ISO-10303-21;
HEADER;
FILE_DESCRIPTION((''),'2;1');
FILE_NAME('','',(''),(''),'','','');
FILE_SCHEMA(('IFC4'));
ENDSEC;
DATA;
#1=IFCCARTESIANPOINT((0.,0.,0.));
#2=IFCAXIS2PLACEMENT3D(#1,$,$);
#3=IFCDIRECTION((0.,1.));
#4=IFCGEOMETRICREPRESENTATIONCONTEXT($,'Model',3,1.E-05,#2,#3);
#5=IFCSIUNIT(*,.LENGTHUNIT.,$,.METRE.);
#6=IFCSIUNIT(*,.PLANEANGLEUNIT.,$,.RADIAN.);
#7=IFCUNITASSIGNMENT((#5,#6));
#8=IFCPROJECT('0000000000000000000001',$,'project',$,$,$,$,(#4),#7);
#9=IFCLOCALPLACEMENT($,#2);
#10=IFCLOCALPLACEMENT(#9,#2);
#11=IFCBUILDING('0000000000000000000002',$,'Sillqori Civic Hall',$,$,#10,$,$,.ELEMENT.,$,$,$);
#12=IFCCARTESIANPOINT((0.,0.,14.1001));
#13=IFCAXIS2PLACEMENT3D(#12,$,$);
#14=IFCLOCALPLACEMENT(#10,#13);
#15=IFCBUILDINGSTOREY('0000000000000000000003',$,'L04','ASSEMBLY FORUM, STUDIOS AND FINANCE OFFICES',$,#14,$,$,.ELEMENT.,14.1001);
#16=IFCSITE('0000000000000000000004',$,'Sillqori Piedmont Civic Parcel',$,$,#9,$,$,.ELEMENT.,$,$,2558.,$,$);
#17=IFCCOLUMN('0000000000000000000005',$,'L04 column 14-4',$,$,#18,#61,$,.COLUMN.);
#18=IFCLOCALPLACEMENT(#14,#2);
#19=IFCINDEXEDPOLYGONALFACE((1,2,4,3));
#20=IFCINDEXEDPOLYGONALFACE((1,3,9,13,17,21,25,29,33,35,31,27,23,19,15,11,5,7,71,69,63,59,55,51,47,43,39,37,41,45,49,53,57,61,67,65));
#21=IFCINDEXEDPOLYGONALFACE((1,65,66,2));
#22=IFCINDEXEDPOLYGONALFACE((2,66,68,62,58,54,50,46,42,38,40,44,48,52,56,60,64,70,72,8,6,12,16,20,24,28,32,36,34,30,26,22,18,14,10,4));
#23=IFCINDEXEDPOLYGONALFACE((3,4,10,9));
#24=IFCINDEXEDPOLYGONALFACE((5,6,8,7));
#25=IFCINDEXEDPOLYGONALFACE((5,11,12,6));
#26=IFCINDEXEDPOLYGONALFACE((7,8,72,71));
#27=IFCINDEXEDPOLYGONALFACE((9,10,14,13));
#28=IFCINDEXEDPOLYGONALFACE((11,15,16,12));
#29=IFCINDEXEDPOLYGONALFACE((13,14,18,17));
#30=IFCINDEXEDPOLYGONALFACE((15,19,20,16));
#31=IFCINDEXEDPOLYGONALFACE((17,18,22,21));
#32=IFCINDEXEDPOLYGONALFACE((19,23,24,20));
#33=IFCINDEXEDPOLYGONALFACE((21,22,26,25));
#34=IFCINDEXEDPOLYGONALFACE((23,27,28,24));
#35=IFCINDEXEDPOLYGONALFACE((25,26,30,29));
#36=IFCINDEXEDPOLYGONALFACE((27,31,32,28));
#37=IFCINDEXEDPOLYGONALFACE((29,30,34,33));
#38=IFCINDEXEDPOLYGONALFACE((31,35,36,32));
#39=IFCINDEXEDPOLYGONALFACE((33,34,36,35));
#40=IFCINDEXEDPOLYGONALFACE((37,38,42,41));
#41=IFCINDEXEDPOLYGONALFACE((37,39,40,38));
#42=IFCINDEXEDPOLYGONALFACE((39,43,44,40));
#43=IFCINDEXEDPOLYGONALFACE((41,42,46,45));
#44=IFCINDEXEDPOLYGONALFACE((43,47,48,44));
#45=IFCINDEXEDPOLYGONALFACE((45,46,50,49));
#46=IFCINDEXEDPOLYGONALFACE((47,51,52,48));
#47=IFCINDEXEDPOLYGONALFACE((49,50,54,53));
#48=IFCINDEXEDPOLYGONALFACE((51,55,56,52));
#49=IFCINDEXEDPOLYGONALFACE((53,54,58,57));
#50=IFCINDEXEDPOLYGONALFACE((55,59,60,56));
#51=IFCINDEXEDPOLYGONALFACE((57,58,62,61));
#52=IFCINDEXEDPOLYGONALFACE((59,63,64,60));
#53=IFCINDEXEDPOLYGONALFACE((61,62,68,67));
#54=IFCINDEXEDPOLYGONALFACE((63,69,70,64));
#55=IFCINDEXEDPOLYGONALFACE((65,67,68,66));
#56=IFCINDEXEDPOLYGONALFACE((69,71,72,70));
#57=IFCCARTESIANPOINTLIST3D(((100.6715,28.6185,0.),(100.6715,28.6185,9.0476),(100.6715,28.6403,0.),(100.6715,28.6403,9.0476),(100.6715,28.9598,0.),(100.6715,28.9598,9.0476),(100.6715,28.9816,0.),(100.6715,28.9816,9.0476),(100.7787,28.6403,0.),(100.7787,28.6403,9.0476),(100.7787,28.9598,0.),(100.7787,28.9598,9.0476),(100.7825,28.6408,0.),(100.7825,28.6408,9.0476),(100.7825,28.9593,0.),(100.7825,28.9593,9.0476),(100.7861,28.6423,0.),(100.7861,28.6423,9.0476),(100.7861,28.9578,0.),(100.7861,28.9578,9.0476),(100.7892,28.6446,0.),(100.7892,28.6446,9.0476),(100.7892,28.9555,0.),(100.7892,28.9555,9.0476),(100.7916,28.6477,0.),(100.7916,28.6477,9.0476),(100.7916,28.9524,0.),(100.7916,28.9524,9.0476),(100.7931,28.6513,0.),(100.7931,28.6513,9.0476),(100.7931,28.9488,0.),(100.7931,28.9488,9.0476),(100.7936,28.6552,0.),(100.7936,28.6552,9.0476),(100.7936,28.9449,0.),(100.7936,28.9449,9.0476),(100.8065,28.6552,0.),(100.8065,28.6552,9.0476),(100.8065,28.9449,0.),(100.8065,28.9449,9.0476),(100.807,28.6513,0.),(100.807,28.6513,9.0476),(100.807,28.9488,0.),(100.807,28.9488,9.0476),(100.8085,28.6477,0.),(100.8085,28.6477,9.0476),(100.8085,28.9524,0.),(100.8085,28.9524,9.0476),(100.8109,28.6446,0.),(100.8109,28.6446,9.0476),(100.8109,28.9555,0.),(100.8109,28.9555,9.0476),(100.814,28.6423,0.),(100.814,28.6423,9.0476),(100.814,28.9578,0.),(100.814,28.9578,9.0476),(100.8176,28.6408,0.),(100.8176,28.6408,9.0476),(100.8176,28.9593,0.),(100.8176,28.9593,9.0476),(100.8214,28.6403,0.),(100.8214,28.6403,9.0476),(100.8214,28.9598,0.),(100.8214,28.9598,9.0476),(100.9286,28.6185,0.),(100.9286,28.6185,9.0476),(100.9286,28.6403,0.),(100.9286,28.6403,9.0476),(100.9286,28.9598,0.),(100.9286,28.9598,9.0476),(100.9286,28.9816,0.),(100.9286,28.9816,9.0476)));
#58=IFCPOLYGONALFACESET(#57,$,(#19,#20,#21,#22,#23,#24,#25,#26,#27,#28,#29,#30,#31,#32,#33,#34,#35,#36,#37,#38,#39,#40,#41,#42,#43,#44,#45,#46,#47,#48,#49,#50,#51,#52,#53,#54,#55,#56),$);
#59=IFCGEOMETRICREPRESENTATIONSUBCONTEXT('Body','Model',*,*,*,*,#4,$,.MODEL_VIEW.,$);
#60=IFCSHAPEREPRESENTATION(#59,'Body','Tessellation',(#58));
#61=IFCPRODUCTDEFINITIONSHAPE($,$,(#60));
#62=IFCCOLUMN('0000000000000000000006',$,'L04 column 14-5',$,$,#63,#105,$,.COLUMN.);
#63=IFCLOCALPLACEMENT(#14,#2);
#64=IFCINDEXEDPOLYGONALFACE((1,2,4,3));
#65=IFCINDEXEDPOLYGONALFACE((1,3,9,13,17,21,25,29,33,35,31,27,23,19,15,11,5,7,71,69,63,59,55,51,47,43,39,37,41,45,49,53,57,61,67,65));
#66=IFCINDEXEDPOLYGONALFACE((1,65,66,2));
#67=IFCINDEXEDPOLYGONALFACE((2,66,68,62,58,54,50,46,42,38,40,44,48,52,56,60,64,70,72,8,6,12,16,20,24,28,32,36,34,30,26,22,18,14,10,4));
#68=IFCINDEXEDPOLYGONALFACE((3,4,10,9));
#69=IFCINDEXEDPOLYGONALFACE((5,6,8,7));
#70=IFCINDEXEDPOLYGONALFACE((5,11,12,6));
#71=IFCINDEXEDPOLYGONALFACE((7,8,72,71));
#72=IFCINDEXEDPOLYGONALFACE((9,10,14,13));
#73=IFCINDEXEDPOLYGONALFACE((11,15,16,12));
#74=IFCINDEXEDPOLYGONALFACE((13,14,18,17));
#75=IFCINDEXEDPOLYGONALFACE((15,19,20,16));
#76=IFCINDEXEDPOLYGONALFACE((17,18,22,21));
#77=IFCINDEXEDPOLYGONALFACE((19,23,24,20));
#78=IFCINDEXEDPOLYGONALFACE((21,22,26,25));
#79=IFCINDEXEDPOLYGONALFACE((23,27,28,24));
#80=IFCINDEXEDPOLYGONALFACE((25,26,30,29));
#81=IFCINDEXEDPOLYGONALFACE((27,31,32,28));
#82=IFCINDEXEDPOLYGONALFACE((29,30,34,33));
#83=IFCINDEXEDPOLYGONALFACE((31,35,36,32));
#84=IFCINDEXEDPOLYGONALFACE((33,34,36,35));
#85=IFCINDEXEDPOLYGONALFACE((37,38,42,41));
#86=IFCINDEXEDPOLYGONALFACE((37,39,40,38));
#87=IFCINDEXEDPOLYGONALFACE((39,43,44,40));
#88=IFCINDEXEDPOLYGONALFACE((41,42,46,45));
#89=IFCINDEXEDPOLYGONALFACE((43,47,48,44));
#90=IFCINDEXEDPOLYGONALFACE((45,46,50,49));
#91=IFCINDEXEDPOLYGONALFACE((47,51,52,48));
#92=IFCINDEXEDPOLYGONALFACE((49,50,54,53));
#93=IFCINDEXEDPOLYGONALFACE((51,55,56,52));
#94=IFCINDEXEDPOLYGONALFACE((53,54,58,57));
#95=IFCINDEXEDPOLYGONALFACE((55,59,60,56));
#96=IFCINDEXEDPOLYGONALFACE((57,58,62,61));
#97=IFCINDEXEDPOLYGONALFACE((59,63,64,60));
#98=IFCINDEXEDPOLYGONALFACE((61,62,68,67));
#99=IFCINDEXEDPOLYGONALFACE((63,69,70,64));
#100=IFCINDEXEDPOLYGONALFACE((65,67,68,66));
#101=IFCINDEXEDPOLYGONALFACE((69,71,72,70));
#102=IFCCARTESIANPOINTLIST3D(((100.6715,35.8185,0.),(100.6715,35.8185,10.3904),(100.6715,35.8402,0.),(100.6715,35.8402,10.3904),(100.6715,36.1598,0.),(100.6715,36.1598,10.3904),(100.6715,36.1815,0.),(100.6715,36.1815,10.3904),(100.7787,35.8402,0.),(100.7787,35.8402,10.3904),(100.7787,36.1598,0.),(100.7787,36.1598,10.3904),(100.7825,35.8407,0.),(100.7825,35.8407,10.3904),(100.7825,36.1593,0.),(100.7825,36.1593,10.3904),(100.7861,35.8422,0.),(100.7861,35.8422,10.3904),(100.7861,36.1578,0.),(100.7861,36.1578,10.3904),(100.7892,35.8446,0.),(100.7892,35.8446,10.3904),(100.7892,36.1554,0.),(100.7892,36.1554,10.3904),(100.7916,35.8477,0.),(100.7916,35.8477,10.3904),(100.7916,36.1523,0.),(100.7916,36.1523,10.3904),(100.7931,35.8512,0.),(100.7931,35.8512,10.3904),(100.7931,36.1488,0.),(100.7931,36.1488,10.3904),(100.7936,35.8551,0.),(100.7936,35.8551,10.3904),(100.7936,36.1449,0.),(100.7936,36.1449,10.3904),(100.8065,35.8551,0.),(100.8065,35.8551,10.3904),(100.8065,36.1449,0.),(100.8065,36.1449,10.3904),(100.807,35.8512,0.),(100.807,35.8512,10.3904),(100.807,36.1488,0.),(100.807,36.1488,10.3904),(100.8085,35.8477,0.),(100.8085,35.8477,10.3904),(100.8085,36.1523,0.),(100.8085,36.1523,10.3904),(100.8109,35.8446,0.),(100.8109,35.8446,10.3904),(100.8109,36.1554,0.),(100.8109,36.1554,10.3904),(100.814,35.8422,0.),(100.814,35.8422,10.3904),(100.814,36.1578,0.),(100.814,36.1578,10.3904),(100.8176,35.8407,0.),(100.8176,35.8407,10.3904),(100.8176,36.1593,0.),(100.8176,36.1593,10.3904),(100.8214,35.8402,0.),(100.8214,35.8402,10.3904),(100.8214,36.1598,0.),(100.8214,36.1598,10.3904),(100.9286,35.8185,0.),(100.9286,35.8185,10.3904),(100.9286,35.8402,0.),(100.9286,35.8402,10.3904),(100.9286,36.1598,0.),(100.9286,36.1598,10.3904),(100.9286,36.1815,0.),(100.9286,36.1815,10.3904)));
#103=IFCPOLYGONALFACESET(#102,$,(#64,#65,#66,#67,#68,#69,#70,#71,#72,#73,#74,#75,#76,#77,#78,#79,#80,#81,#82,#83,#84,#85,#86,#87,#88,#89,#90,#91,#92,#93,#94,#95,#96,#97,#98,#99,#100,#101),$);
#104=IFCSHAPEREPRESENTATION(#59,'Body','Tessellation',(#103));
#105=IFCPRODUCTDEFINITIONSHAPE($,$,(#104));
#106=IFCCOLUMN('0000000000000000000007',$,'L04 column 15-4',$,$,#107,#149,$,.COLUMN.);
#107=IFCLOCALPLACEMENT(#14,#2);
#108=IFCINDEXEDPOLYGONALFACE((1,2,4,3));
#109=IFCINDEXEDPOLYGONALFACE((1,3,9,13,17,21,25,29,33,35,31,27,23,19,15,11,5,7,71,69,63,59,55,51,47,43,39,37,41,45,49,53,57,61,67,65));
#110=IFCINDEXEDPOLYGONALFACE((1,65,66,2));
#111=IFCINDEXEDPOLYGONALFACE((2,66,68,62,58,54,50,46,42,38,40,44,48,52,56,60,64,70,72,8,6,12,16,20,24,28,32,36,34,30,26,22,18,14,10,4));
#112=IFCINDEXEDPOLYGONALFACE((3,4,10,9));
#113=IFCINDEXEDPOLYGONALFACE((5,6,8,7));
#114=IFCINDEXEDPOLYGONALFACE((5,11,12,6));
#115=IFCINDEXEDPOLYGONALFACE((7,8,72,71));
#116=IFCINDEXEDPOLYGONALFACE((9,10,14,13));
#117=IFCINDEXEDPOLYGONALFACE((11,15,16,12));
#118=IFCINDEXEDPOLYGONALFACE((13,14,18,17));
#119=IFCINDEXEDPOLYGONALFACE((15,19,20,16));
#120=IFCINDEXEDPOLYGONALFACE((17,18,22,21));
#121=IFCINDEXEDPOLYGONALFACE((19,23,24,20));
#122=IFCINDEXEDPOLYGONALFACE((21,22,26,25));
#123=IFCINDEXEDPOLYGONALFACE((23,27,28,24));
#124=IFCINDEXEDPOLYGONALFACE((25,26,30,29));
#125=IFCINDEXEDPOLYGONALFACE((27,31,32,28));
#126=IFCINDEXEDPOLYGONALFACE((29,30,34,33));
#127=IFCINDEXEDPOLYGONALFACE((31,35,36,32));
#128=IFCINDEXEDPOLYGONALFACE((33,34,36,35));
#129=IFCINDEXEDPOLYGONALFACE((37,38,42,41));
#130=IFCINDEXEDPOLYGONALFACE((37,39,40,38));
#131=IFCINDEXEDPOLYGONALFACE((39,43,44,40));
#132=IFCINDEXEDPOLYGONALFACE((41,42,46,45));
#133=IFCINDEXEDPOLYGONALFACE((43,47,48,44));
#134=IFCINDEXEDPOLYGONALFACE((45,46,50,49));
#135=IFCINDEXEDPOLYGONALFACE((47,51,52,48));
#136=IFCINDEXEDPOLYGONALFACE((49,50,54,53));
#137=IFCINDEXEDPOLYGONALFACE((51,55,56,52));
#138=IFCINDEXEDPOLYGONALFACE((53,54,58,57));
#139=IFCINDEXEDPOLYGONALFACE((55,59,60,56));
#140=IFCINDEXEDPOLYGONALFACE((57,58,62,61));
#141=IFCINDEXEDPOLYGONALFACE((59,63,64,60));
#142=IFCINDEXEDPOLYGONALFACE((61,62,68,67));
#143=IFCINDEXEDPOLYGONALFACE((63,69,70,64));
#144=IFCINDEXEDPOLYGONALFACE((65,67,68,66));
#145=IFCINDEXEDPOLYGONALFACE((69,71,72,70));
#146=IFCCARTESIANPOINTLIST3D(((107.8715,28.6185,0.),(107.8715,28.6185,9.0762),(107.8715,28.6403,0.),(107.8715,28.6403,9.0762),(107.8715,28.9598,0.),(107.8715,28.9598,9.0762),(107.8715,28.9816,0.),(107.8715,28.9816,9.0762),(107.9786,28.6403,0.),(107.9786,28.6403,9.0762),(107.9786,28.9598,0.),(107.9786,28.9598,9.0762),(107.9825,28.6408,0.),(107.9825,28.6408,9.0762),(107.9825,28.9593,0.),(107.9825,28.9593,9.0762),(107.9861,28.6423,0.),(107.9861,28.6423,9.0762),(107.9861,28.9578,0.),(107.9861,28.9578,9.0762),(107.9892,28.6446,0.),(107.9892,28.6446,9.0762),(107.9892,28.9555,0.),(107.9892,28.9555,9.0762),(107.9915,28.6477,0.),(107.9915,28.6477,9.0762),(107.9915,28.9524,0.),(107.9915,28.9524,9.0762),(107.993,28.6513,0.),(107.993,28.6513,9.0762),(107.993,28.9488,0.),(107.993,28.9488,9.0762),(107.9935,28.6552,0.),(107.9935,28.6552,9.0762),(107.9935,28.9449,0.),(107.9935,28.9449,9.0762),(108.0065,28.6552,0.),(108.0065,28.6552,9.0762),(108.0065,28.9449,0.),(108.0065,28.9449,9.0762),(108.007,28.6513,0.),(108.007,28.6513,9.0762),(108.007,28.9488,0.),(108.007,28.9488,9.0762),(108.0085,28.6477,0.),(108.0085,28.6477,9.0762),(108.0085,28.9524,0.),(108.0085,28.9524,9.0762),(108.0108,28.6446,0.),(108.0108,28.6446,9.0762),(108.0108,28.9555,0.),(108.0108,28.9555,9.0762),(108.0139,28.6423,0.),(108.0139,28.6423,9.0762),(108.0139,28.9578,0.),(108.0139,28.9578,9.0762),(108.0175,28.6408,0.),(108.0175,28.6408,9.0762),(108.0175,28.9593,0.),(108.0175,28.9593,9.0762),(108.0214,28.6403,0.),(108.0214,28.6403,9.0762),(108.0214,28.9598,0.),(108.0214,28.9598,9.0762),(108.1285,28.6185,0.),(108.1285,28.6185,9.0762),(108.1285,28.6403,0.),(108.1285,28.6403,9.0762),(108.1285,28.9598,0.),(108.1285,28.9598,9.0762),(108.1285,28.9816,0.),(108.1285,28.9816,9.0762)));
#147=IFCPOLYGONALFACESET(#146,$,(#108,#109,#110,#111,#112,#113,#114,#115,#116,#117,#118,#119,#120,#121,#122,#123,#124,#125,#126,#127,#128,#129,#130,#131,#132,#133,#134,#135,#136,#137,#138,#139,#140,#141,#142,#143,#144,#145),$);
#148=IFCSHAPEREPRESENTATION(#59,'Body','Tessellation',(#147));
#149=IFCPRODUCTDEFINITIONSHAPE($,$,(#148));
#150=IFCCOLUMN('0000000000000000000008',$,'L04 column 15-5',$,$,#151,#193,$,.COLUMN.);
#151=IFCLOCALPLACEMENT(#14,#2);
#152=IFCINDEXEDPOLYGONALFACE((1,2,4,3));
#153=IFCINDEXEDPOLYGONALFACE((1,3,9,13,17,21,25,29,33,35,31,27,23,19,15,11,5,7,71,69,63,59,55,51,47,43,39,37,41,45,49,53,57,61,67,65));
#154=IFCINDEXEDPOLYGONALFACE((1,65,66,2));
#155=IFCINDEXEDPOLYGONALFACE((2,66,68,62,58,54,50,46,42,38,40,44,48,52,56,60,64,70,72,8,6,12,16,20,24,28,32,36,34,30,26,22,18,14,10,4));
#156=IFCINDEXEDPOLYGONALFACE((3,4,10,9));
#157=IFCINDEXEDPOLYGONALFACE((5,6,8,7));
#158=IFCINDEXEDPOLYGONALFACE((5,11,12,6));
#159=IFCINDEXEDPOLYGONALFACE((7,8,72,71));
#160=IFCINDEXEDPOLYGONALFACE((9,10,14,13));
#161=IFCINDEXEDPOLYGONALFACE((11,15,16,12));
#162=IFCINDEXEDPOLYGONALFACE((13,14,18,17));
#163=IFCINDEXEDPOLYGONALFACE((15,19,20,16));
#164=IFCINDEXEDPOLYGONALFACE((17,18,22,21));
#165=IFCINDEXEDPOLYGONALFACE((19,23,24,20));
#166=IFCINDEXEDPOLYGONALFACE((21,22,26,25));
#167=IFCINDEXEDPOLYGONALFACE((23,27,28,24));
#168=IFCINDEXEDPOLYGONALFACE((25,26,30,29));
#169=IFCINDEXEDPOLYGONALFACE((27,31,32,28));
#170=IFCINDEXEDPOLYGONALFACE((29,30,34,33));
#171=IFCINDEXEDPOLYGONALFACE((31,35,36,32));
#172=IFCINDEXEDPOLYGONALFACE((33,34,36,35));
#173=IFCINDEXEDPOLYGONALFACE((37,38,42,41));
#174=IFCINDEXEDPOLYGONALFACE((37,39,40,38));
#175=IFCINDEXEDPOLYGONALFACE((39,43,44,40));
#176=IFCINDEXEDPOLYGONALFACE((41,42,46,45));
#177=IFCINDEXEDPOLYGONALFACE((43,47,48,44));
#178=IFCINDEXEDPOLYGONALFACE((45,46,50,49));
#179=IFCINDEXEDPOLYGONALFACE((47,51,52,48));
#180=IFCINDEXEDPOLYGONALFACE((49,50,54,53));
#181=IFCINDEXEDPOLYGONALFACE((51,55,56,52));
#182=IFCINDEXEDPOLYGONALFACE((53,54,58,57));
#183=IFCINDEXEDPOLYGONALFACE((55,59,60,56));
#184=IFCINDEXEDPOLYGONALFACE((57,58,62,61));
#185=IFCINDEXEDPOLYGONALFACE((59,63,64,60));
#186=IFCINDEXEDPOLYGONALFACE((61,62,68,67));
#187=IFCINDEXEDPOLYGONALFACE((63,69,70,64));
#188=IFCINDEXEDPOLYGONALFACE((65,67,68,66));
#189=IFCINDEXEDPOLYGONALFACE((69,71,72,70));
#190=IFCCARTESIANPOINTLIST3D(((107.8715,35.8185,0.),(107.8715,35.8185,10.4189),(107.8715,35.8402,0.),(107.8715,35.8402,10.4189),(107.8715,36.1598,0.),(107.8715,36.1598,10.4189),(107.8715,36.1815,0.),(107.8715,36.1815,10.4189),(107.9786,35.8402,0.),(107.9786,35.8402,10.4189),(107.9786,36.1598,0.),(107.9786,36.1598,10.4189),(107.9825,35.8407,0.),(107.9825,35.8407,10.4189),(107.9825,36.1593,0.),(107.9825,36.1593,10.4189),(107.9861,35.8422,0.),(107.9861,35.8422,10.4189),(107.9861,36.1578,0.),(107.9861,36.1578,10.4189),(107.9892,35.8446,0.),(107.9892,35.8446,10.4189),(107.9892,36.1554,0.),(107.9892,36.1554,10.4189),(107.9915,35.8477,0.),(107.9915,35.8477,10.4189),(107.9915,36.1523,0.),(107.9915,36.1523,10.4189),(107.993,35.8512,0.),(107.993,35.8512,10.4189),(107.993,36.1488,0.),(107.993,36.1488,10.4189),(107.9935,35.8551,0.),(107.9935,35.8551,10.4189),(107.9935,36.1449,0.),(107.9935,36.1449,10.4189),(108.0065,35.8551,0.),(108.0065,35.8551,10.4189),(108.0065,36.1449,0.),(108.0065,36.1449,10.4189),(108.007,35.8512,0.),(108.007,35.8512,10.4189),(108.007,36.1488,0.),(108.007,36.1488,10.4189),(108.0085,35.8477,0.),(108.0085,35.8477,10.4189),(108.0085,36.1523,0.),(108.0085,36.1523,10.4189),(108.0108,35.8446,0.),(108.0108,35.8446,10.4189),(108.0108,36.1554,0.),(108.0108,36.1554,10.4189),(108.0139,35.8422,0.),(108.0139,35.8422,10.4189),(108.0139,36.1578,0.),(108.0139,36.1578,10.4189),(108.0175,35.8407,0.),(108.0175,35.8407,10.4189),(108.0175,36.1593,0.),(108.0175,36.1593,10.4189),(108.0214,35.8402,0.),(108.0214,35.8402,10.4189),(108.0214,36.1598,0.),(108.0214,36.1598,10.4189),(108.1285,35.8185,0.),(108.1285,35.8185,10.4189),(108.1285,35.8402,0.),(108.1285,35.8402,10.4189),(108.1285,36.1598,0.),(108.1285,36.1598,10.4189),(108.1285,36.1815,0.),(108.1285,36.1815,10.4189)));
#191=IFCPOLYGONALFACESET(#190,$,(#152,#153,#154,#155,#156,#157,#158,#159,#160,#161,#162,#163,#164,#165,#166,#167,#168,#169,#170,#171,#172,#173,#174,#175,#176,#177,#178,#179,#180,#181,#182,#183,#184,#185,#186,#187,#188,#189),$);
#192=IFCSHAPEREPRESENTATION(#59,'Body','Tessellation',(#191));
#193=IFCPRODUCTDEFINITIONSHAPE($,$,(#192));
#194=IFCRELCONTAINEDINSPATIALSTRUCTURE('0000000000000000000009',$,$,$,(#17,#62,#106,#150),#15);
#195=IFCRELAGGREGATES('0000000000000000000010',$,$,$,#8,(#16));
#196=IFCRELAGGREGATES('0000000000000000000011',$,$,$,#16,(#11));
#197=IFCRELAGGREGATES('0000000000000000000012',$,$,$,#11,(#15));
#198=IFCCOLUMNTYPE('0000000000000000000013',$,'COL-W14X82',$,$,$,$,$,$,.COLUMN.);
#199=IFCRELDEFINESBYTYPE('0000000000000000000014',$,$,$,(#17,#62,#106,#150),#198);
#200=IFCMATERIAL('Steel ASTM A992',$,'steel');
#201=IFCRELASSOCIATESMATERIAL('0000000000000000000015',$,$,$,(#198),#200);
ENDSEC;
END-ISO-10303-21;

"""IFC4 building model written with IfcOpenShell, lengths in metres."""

from ifc_helpers import new_model, si_unit, direction, frame, origin, origin_2d, place, context, subcontext, project, spatial, i_section, extrude, material, material_profile, profile_set, type_object, element, save


model = new_model("IFC4")

# Units and contexts
model_context = context("Model", 3, precision=1e-05, world=origin(), true_north=direction((0.0, 1.0)))
body_context = subcontext(model_context, "Body", "Model", "MODEL_VIEW")
ifc_project = project(units=[si_unit("LENGTHUNIT", "METRE"), si_unit("PLANEANGLEUNIT", "RADIAN")], contexts=[model_context])

# Site, building, storey
site_placement = place(None, origin())
site = spatial("IfcSite", under=ifc_project, at=site_placement, Name="Sillqori Piedmont Civic Parcel", CompositionType="ELEMENT", RefElevation=2558.0)
building_placement = place(site_placement, origin())
building = spatial("IfcBuilding", under=site, at=building_placement, Name="Sillqori Civic Hall", CompositionType="ELEMENT")
storey_placement = place(building_placement, frame((0.0, 0.0, 14.1001)))
storey = spatial("IfcBuildingStorey", under=building, at=storey_placement, Name="L04", Description="ASSEMBLY FORUM, STUDIOS AND FINANCE OFFICES", CompositionType="ELEMENT", Elevation=14.1001)

# Columns
ifc_material_1 = material(Name="Steel ASTM A992", Category="steel")
ifc_material_profile_1 = material_profile(ifc_material_1, i_section(OverallWidth=0.2571, OverallDepth=0.363, WebThickness=0.0129, FlangeThickness=0.0217, FilletRadius=0.0149, at=origin_2d()), Name="W14X82")
ifc_profile_set_1 = profile_set([ifc_material_profile_1], Name="Steel ASTM A992")
column_type = type_object("IfcColumnType", Name="COL-W14X82", PredefinedType="COLUMN", material=ifc_profile_set_1)
column_1_placement = place(storey_placement, frame((100.8, 28.8, 0.0), z_axis=(0.0, 0.0, 1.0), x_axis=(1.0, 0.0, 0.0)))
element("IfcColumn", 1, at=column_1_placement, inside=storey, type_object=column_type, Name="L04 column 14-4", PredefinedType="COLUMN", context=body_context, shape_type="SweptSolid", body=[
    extrude(i_section(OverallWidth=0.2571, OverallDepth=0.363, WebThickness=0.0129, FlangeThickness=0.0217, FilletRadius=0.0149, at=origin_2d()), origin(), (0.0, 0.0, 1.0), 9.0476),
])
column_2_placement = place(storey_placement, frame((100.8, 36.0, 0.0), z_axis=(0.0, 0.0, 1.0), x_axis=(1.0, 0.0, 0.0)))
element("IfcColumn", 2, at=column_2_placement, inside=storey, type_object=column_type, Name="L04 column 14-5", PredefinedType="COLUMN", context=body_context, shape_type="SweptSolid", body=[
    extrude(i_section(OverallWidth=0.2571, OverallDepth=0.363, WebThickness=0.0129, FlangeThickness=0.0217, FilletRadius=0.0149, at=origin_2d()), origin(), (0.0, 0.0, 1.0), 10.3904),
])
column_3_placement = place(storey_placement, frame((108.0, 28.8, 0.0), z_axis=(0.0, 0.0, 1.0), x_axis=(1.0, 0.0, 0.0)))
element("IfcColumn", 3, at=column_3_placement, inside=storey, type_object=column_type, Name="L04 column 15-4", PredefinedType="COLUMN", context=body_context, shape_type="SweptSolid", body=[
    extrude(i_section(OverallWidth=0.2571, OverallDepth=0.363, WebThickness=0.0129, FlangeThickness=0.0217, FilletRadius=0.0149, at=origin_2d()), origin(), (0.0, 0.0, 1.0), 9.0762),
])
column_4_placement = place(storey_placement, frame((108.0, 36.0, 0.0), z_axis=(0.0, 0.0, 1.0), x_axis=(1.0, 0.0, 0.0)))
element("IfcColumn", 4, at=column_4_placement, inside=storey, type_object=column_type, Name="L04 column 15-5", PredefinedType="COLUMN", context=body_context, shape_type="SweptSolid", body=[
    extrude(i_section(OverallWidth=0.2571, OverallDepth=0.363, WebThickness=0.0129, FlangeThickness=0.0217, FilletRadius=0.0149, at=origin_2d()), origin(), (0.0, 0.0, 1.0), 10.4189),
])

save(model, "model.ifc")
